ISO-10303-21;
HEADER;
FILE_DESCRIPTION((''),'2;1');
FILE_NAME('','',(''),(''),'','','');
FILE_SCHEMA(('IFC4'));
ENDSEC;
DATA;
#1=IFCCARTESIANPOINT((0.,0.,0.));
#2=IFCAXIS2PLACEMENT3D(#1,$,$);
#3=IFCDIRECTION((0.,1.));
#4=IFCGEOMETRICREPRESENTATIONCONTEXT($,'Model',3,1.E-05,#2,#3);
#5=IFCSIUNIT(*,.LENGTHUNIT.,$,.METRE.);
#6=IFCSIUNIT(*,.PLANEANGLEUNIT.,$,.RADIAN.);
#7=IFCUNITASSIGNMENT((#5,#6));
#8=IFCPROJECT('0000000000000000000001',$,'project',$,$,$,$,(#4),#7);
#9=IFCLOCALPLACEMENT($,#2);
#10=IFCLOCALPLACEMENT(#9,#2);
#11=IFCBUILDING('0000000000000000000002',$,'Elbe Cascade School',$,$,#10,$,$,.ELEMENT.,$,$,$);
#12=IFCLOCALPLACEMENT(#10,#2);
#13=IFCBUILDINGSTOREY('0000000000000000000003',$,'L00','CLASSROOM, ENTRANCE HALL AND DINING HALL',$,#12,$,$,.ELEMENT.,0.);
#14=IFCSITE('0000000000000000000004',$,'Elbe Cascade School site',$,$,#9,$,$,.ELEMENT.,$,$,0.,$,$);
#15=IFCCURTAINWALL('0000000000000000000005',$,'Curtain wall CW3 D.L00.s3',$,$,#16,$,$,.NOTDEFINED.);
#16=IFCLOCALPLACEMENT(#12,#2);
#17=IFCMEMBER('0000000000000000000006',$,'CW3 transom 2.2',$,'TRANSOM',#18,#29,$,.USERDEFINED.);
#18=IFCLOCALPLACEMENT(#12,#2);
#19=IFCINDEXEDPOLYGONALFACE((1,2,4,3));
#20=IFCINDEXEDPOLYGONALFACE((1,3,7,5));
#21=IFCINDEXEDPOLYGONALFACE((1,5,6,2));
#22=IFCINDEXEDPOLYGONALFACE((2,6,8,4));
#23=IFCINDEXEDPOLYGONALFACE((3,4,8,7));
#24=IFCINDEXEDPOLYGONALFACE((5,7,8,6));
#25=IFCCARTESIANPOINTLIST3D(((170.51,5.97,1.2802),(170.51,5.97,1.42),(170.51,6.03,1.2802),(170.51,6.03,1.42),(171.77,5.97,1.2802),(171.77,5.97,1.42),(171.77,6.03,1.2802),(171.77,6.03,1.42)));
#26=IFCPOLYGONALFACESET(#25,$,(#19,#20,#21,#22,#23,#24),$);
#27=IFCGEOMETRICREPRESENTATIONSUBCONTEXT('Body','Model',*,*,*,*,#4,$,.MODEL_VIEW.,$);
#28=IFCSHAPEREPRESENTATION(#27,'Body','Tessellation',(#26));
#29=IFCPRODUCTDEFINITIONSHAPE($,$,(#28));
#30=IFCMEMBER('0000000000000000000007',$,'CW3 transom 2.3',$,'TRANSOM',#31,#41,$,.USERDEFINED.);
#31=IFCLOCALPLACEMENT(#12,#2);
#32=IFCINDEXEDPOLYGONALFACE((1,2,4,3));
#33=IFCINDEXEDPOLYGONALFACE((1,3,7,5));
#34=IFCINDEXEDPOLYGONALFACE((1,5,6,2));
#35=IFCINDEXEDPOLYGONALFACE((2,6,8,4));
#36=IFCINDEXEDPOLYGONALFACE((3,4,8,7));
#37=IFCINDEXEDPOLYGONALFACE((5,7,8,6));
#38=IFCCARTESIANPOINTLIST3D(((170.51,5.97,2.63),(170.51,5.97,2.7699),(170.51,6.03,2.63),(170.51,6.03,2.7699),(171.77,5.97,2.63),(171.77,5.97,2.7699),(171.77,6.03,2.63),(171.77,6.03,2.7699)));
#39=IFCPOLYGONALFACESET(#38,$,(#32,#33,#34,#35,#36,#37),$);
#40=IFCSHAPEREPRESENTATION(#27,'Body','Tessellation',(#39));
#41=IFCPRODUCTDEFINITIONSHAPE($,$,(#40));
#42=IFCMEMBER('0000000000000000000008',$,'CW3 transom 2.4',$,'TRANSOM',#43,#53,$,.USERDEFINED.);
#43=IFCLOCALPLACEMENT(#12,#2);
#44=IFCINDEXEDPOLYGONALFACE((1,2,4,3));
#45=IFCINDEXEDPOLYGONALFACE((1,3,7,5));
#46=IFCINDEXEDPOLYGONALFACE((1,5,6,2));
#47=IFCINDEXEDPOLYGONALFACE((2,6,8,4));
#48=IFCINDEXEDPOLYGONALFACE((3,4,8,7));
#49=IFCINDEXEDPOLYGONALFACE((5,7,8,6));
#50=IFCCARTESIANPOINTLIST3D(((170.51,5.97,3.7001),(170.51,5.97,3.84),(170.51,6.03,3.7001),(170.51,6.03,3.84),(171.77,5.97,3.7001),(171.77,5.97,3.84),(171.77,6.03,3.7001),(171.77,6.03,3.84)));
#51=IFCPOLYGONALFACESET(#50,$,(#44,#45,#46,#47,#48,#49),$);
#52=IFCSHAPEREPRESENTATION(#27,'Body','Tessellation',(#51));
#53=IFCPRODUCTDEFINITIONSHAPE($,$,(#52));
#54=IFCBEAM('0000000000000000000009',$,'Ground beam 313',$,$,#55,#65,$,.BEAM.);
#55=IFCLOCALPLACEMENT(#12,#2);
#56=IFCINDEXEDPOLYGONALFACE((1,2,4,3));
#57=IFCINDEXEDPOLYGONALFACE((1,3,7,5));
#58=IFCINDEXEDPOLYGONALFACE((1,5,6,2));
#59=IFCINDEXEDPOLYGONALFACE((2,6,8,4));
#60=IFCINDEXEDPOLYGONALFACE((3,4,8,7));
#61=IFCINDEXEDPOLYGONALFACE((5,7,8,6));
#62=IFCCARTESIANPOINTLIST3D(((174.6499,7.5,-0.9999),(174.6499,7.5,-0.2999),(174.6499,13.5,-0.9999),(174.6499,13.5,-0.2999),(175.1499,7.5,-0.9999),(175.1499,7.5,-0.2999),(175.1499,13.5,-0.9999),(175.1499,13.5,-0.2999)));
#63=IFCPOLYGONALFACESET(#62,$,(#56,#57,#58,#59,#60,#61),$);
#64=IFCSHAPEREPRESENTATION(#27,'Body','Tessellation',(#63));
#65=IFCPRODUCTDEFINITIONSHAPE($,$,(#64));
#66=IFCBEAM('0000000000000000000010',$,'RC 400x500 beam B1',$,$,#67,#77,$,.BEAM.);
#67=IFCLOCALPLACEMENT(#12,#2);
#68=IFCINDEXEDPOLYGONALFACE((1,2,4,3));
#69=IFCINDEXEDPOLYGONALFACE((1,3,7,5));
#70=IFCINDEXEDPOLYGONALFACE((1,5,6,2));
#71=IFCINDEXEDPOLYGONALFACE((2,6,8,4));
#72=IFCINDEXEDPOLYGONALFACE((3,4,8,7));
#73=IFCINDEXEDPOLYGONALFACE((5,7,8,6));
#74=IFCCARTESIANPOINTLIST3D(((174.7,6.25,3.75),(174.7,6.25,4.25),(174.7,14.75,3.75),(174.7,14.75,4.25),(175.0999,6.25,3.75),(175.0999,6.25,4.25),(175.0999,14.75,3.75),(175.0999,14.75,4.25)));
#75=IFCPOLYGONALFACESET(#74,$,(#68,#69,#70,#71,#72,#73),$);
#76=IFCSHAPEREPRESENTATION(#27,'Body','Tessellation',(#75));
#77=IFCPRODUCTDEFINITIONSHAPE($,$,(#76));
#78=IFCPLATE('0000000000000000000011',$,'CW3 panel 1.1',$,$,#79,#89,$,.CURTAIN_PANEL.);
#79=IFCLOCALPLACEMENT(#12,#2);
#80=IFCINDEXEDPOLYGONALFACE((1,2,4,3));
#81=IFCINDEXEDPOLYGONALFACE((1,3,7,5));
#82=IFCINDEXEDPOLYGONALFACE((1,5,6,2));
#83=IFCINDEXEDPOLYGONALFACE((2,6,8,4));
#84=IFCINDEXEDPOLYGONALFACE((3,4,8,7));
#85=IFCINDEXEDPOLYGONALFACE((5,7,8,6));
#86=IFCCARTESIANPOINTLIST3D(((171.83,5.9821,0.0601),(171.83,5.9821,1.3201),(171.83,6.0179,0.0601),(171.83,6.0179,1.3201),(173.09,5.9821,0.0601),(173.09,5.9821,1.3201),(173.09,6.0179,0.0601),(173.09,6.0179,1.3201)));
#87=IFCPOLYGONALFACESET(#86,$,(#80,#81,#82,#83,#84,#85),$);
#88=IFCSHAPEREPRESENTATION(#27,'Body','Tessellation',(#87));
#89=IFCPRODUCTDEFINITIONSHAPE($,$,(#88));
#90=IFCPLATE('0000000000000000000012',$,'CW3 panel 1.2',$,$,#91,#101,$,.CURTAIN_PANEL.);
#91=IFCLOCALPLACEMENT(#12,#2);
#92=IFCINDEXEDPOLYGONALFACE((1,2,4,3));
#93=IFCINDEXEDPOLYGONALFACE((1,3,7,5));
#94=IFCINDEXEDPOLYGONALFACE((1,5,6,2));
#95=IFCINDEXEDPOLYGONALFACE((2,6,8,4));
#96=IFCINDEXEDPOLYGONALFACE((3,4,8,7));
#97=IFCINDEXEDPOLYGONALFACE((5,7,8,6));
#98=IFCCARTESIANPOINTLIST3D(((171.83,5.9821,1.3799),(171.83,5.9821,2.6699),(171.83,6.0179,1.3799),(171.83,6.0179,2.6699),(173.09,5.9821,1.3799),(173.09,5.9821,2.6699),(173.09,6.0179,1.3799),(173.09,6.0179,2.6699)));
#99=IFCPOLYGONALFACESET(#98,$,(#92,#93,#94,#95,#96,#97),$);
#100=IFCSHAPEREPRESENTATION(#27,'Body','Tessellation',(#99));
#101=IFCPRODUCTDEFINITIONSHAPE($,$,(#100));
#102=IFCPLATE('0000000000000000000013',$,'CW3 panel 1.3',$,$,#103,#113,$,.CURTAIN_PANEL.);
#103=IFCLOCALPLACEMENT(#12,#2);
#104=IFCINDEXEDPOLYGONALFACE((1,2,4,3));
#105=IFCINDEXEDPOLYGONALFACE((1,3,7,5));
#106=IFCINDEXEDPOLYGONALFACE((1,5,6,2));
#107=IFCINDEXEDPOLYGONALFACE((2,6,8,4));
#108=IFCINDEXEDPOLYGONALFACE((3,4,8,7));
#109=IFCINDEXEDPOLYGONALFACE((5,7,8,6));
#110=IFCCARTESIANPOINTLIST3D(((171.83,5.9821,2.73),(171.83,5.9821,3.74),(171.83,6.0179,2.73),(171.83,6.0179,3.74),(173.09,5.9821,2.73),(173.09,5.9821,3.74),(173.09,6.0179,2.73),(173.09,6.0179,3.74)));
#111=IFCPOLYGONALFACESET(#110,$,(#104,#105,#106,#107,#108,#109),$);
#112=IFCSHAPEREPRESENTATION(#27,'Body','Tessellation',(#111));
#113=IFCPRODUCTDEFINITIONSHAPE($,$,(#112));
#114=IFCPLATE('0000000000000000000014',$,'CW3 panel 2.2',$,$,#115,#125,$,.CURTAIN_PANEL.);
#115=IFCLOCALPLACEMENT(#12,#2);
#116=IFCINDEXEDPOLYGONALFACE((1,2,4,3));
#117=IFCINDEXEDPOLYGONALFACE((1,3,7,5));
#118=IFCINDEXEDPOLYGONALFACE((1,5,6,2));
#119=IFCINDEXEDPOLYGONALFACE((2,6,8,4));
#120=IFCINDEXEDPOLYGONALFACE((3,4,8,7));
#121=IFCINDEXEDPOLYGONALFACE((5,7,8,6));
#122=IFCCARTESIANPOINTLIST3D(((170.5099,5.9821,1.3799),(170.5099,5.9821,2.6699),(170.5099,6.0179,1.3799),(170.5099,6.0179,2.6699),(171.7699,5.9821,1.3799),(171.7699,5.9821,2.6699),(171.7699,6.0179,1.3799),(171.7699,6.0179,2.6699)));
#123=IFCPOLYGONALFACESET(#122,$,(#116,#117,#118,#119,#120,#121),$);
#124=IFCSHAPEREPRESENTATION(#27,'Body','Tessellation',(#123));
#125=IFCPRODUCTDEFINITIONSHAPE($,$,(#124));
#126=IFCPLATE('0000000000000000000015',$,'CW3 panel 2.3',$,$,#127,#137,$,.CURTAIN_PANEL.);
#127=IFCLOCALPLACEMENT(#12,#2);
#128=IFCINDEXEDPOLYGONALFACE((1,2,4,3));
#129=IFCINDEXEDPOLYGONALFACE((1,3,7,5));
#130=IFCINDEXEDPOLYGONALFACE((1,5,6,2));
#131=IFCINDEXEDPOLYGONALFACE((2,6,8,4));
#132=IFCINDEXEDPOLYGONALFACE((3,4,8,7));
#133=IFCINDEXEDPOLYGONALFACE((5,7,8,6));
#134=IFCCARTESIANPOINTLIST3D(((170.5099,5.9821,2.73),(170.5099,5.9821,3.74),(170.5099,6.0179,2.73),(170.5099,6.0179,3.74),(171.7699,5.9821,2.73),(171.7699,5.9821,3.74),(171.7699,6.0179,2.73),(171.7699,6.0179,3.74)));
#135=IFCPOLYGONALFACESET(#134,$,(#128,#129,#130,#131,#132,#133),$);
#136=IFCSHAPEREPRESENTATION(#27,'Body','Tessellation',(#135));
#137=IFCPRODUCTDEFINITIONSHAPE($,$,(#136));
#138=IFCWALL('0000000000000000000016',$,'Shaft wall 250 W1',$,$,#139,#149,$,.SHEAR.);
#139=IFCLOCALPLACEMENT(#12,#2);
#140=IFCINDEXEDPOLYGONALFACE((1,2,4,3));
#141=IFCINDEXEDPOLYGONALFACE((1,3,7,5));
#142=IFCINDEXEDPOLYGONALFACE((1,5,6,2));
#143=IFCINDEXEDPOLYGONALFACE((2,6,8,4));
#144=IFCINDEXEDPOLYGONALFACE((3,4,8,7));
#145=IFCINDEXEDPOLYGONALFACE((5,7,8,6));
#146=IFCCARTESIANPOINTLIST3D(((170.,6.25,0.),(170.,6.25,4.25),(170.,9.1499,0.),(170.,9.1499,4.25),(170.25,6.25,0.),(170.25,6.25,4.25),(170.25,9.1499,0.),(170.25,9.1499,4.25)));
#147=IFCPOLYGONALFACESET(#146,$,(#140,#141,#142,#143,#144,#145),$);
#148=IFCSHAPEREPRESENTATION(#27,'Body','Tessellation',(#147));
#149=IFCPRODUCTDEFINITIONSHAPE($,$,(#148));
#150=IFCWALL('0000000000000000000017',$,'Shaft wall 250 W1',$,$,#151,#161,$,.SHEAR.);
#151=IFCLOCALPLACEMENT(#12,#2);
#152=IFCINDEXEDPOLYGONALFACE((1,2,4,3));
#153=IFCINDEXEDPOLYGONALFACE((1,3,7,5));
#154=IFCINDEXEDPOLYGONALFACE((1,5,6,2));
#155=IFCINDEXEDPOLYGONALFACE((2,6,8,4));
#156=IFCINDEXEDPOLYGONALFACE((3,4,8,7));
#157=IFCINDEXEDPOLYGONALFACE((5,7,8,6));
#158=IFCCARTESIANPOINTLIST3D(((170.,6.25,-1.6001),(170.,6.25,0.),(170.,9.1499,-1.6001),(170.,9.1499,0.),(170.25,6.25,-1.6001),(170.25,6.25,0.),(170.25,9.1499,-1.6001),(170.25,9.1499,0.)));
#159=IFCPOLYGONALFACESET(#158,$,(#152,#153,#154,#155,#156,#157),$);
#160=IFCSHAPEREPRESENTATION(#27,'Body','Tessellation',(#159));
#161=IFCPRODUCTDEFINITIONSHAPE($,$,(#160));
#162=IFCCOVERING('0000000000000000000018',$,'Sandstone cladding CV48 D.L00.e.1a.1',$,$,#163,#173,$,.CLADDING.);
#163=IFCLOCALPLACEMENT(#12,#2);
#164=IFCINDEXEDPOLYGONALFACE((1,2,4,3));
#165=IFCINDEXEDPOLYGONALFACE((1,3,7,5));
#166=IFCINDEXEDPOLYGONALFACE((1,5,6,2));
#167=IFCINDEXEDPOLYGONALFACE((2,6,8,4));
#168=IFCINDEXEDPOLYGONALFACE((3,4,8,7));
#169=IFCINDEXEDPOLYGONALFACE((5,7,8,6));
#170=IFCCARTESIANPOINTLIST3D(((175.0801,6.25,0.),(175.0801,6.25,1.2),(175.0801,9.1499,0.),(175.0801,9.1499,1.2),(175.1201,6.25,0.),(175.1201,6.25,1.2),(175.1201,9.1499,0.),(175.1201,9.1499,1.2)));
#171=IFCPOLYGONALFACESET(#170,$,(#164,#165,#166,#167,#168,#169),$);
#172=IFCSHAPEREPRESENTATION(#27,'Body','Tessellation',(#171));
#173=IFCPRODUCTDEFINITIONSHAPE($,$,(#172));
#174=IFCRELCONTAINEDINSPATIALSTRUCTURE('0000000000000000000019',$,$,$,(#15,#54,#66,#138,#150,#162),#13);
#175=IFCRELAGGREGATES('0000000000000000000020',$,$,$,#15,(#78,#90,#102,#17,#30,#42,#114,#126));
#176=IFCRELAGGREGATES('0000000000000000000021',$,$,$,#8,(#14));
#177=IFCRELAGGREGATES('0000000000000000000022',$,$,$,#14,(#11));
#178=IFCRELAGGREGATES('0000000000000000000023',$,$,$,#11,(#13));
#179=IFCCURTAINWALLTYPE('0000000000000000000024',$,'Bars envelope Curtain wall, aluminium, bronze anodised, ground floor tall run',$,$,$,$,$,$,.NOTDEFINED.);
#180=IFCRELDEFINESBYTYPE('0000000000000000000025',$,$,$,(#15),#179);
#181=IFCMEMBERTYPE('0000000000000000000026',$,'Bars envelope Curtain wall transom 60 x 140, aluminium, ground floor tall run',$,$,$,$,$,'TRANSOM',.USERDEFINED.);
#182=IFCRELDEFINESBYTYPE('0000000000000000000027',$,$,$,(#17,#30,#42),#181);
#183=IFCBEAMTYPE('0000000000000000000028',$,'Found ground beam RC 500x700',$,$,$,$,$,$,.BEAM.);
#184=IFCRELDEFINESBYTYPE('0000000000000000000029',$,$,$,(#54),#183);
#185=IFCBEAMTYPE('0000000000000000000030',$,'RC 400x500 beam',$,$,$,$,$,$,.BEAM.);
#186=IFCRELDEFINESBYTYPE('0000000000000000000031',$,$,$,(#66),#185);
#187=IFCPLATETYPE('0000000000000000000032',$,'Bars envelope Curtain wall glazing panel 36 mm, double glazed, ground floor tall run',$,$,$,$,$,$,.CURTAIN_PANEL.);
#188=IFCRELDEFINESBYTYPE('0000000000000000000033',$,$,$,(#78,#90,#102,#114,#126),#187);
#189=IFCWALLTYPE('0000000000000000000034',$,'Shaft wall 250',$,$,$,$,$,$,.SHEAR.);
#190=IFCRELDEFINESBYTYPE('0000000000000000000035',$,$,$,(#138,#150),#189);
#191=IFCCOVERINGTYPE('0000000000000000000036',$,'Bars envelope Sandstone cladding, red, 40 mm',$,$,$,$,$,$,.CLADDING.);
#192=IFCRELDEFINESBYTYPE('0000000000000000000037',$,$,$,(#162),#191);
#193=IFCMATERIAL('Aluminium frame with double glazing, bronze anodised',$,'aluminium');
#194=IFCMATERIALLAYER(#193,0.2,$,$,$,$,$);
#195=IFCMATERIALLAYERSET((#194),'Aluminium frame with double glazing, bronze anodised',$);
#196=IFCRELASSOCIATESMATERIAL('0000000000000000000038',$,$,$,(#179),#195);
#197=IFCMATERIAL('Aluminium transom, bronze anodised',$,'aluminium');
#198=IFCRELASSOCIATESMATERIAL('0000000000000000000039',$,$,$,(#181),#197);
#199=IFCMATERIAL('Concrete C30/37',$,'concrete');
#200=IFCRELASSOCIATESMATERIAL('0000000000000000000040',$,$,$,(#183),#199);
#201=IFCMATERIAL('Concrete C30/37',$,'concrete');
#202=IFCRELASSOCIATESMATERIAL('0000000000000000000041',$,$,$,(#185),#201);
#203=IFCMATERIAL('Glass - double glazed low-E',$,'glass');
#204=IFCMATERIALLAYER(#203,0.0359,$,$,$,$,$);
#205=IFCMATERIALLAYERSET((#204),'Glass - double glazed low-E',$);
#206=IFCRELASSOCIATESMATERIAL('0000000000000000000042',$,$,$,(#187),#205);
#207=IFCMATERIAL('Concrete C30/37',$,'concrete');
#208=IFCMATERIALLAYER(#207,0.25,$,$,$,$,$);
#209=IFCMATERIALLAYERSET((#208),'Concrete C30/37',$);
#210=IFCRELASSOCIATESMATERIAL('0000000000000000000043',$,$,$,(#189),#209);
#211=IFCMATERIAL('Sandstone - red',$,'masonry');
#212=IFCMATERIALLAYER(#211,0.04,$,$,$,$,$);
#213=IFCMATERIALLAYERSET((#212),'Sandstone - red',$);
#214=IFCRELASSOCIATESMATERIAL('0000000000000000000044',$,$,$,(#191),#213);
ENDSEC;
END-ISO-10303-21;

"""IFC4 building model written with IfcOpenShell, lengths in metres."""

from ifc_helpers import new_model, si_unit, direction, frame, frame_2d, origin, origin_2d, place, context, subcontext, project, spatial, rectangle, extrude, material, layer, layer_set, material_profile, profile_set, type_object, element, aggregate, save


model = new_model("IFC4")

# Units and contexts
model_context = context("Model", 3, precision=1e-05, world=origin(), true_north=direction((0.0, 1.0)))
body_context = subcontext(model_context, "Body", "Model", "MODEL_VIEW")
ifc_project = project(units=[si_unit("LENGTHUNIT", "METRE"), si_unit("PLANEANGLEUNIT", "RADIAN")], contexts=[model_context])

# Site, building, storey
site_placement = place(None, origin())
site = spatial("IfcSite", under=ifc_project, at=site_placement, Name="Elbe Cascade School site", CompositionType="ELEMENT", RefElevation=0.0)
building_placement = place(site_placement, origin())
building = spatial("IfcBuilding", under=site, at=building_placement, Name="Elbe Cascade School", CompositionType="ELEMENT")
storey_placement = place(building_placement, origin())
storey = spatial("IfcBuildingStorey", under=building, at=storey_placement, Name="L00", Description="CLASSROOM, ENTRANCE HALL AND DINING HALL", CompositionType="ELEMENT", Elevation=0.0)

# Curtain wall, members
ifc_material_1 = material(Name="Aluminium frame with double glazing, bronze anodised", Category="aluminium")
ifc_layer_1 = layer(ifc_material_1, 0.2)
ifc_layer_set_1 = layer_set([ifc_layer_1], Name="Aluminium frame with double glazing, bronze anodised")
curtain_wall_type = type_object("IfcCurtainWallType", Name="Bars envelope Curtain wall, aluminium, bronze anodised, ground floor tall run", PredefinedType="NOTDEFINED", material=ifc_layer_set_1)
curtain_wall_placement = place(storey_placement, origin())
curtain_wall = element("IfcCurtainWall", 1, at=curtain_wall_placement, inside=storey, type_object=curtain_wall_type, Name="Curtain wall CW3 D.L00.s3", PredefinedType="NOTDEFINED")
ifc_material_2 = material(Name="Aluminium transom, bronze anodised", Category="aluminium")
ifc_material_profile_1 = material_profile(ifc_material_2, rectangle(XDim=0.0601, YDim=0.1399, at=origin_2d()), Name="Bars envelope Curtain wall transom 60 x 140, aluminium, ground floor tall run")
ifc_profile_set_1 = profile_set([ifc_material_profile_1], Name="Aluminium transom, bronze anodised")
member_type_1 = type_object("IfcMemberType", Name="Bars envelope Curtain wall transom 60 x 140, aluminium, ground floor tall run", ElementType="TRANSOM", PredefinedType="USERDEFINED", material=ifc_profile_set_1)
member_1_placement = place(storey_placement, frame((171.77, 6.0, 1.3501), z_axis=(-1.0, 0.0, 0.0), x_axis=(0.0, -1.0, 0.0)))
member_1 = element("IfcMember", 2, at=member_1_placement, type_object=member_type_1, Name="CW3 transom 2.2", ObjectType="TRANSOM", PredefinedType="USERDEFINED", context=body_context, shape_type="SweptSolid", body=[
    extrude(rectangle(XDim=0.0601, YDim=0.1399, at=origin_2d()), origin(), (0.0, 0.0, 1.0), 1.26),
])
member_2_placement = place(storey_placement, frame((171.77, 6.0, 2.7), z_axis=(-1.0, 0.0, 0.0), x_axis=(0.0, -1.0, 0.0)))
member_2 = element("IfcMember", 3, at=member_2_placement, type_object=member_type_1, Name="CW3 transom 2.3", ObjectType="TRANSOM", PredefinedType="USERDEFINED", context=body_context, shape_type="SweptSolid", body=[
    extrude(rectangle(XDim=0.0601, YDim=0.1399, at=origin_2d()), origin(), (0.0, 0.0, 1.0), 1.26),
])
member_3_placement = place(storey_placement, frame((171.77, 6.0, 3.77), z_axis=(-1.0, 0.0, 0.0), x_axis=(0.0, -1.0, 0.0)))
member_3 = element("IfcMember", 4, at=member_3_placement, type_object=member_type_1, Name="CW3 transom 2.4", ObjectType="TRANSOM", PredefinedType="USERDEFINED", context=body_context, shape_type="SweptSolid", body=[
    extrude(rectangle(XDim=0.0601, YDim=0.1399, at=origin_2d()), origin(), (0.0, 0.0, 1.0), 1.26),
])

# Beams
ifc_material_3 = material(Name="Concrete C30/37", Category="concrete")
ifc_material_profile_2 = material_profile(ifc_material_3, rectangle(XDim=0.5, YDim=0.7, at=origin_2d()), Name="RC 500x700")
ifc_profile_set_2 = profile_set([ifc_material_profile_2], Name="Concrete C30/37")
beam_type_1 = type_object("IfcBeamType", Name="Found ground beam RC 500x700", PredefinedType="BEAM", material=ifc_profile_set_2)
beam_1_placement = place(storey_placement, frame((174.8999, 7.5, -0.6499), z_axis=(0.0, 1.0, 0.0), x_axis=(-1.0, 0.0, 0.0)))
element("IfcBeam", 5, at=beam_1_placement, inside=storey, type_object=beam_type_1, Name="Ground beam 313", PredefinedType="BEAM", context=body_context, shape_type="SweptSolid", body=[
    extrude(rectangle(XDim=0.5, YDim=0.7, at=origin_2d()), origin(), (0.0, 0.0, 1.0), 6.0),
])
ifc_material_4 = material(Name="Concrete C30/37", Category="concrete")
ifc_material_profile_3 = material_profile(ifc_material_4, rectangle(XDim=0.3999, YDim=0.5, at=origin_2d()), Name="RC 400x500")
ifc_profile_set_3 = profile_set([ifc_material_profile_3], Name="Concrete C30/37")
beam_type_2 = type_object("IfcBeamType", Name="RC 400x500 beam", PredefinedType="BEAM", material=ifc_profile_set_3)
beam_2_placement = place(storey_placement, frame((174.8999, 6.25, 4.0), z_axis=(0.0, 1.0, 0.0), x_axis=(-1.0, 0.0, 0.0)))
element("IfcBeam", 6, at=beam_2_placement, inside=storey, type_object=beam_type_2, Name="RC 400x500 beam B1", PredefinedType="BEAM", context=body_context, shape_type="SweptSolid", body=[
    extrude(rectangle(XDim=0.3999, YDim=0.5, at=origin_2d()), origin(), (0.0, 0.0, 1.0), 8.5),
])

# Plates
ifc_material_5 = material(Name="Glass - double glazed low-E", Category="glass")
ifc_layer_2 = layer(ifc_material_5, 0.0359)
ifc_layer_set_2 = layer_set([ifc_layer_2], Name="Glass - double glazed low-E")
plate_type = type_object("IfcPlateType", Name="Bars envelope Curtain wall glazing panel 36 mm, double glazed, ground floor tall run", PredefinedType="CURTAIN_PANEL", material=ifc_layer_set_2)
plate_1_placement = place(storey_placement, frame((172.46, 6.0, 0.0601), z_axis=(0.0, 0.0, 1.0), x_axis=(-1.0, 0.0, 0.0)))
plate_1 = element("IfcPlate", 7, at=plate_1_placement, type_object=plate_type, Name="CW3 panel 1.1", PredefinedType="CURTAIN_PANEL", context=body_context, shape_type="SweptSolid", body=[
    extrude(rectangle(XDim=1.26, YDim=0.0359, at=origin_2d()), origin(), (0.0, 0.0, 1.0), 1.26),
])
plate_2_placement = place(storey_placement, frame((172.46, 6.0, 1.3799), z_axis=(0.0, 0.0, 1.0), x_axis=(-1.0, 0.0, 0.0)))
plate_2 = element("IfcPlate", 8, at=plate_2_placement, type_object=plate_type, Name="CW3 panel 1.2", PredefinedType="CURTAIN_PANEL", context=body_context, shape_type="SweptSolid", body=[
    extrude(rectangle(XDim=1.26, YDim=0.0359, at=origin_2d()), origin(), (0.0, 0.0, 1.0), 1.29),
])
plate_3_placement = place(storey_placement, frame((172.46, 6.0, 2.73), z_axis=(0.0, 0.0, 1.0), x_axis=(-1.0, 0.0, 0.0)))
plate_3 = element("IfcPlate", 9, at=plate_3_placement, type_object=plate_type, Name="CW3 panel 1.3", PredefinedType="CURTAIN_PANEL", context=body_context, shape_type="SweptSolid", body=[
    extrude(rectangle(XDim=1.26, YDim=0.0359, at=origin_2d()), origin(), (0.0, 0.0, 1.0), 1.01),
])
plate_4_placement = place(storey_placement, frame((171.1399, 6.0, 1.3799), z_axis=(0.0, 0.0, 1.0), x_axis=(-1.0, 0.0, 0.0)))
plate_4 = element("IfcPlate", 10, at=plate_4_placement, type_object=plate_type, Name="CW3 panel 2.2", PredefinedType="CURTAIN_PANEL", context=body_context, shape_type="SweptSolid", body=[
    extrude(rectangle(XDim=1.26, YDim=0.0359, at=origin_2d()), origin(), (0.0, 0.0, 1.0), 1.29),
])
plate_5_placement = place(storey_placement, frame((171.1399, 6.0, 2.73), z_axis=(0.0, 0.0, 1.0), x_axis=(-1.0, 0.0, 0.0)))
plate_5 = element("IfcPlate", 11, at=plate_5_placement, type_object=plate_type, Name="CW3 panel 2.3", PredefinedType="CURTAIN_PANEL", context=body_context, shape_type="SweptSolid", body=[
    extrude(rectangle(XDim=1.26, YDim=0.0359, at=origin_2d()), origin(), (0.0, 0.0, 1.0), 1.01),
])
aggregate(curtain_wall, [plate_1, plate_2, plate_3, member_1, member_2, member_3, plate_4, plate_5])

# Walls
ifc_material_6 = material(Name="Concrete C30/37", Category="concrete")
ifc_layer_3 = layer(ifc_material_6, 0.25)
ifc_layer_set_3 = layer_set([ifc_layer_3], Name="Concrete C30/37")
wall_type = type_object("IfcWallType", Name="Shaft wall 250", PredefinedType="SHEAR", material=ifc_layer_set_3)
wall_1_placement = place(storey_placement, frame((170.125, 6.25, 0.0), z_axis=(0.0, 0.0, 1.0), x_axis=(0.0, 1.0, 0.0)))
element("IfcWall", 12, at=wall_1_placement, inside=storey, type_object=wall_type, Name="Shaft wall 250 W1", PredefinedType="SHEAR", context=body_context, shape_type="SweptSolid", body=[
    extrude(rectangle(XDim=2.8999, YDim=0.25, at=frame_2d((1.45, 0.0))), origin(), (0.0, 0.0, 1.0), 4.25),
])
wall_2_placement = place(storey_placement, frame((170.125, 6.25, -1.6001), z_axis=(0.0, 0.0, 1.0), x_axis=(0.0, 1.0, 0.0)))
element("IfcWall", 13, at=wall_2_placement, inside=storey, type_object=wall_type, Name="Shaft wall 250 W1", PredefinedType="SHEAR", context=body_context, shape_type="SweptSolid", body=[
    extrude(rectangle(XDim=2.8999, YDim=0.25, at=frame_2d((1.45, 0.0))), origin(), (0.0, 0.0, 1.0), 1.6001),
])

# Covering
ifc_material_7 = material(Name="Sandstone - red", Category="masonry")
ifc_layer_4 = layer(ifc_material_7, 0.04)
ifc_layer_set_4 = layer_set([ifc_layer_4], Name="Sandstone - red")
covering_type = type_object("IfcCoveringType", Name="Bars envelope Sandstone cladding, red, 40 mm", PredefinedType="CLADDING", material=ifc_layer_set_4)
covering_placement = place(storey_placement, frame((175.1001, 7.7, 0.0), z_axis=(0.0, 0.0, 1.0), x_axis=(0.0, 1.0, 0.0)))
element("IfcCovering", 14, at=covering_placement, inside=storey, type_object=covering_type, Name="Sandstone cladding CV48 D.L00.e.1a.1", PredefinedType="CLADDING", context=body_context, shape_type="SweptSolid", body=[
    extrude(rectangle(XDim=2.8999, YDim=0.04, at=origin_2d()), origin(), (0.0, 0.0, 1.0), 1.2),
])

save(model, "model.ifc")
